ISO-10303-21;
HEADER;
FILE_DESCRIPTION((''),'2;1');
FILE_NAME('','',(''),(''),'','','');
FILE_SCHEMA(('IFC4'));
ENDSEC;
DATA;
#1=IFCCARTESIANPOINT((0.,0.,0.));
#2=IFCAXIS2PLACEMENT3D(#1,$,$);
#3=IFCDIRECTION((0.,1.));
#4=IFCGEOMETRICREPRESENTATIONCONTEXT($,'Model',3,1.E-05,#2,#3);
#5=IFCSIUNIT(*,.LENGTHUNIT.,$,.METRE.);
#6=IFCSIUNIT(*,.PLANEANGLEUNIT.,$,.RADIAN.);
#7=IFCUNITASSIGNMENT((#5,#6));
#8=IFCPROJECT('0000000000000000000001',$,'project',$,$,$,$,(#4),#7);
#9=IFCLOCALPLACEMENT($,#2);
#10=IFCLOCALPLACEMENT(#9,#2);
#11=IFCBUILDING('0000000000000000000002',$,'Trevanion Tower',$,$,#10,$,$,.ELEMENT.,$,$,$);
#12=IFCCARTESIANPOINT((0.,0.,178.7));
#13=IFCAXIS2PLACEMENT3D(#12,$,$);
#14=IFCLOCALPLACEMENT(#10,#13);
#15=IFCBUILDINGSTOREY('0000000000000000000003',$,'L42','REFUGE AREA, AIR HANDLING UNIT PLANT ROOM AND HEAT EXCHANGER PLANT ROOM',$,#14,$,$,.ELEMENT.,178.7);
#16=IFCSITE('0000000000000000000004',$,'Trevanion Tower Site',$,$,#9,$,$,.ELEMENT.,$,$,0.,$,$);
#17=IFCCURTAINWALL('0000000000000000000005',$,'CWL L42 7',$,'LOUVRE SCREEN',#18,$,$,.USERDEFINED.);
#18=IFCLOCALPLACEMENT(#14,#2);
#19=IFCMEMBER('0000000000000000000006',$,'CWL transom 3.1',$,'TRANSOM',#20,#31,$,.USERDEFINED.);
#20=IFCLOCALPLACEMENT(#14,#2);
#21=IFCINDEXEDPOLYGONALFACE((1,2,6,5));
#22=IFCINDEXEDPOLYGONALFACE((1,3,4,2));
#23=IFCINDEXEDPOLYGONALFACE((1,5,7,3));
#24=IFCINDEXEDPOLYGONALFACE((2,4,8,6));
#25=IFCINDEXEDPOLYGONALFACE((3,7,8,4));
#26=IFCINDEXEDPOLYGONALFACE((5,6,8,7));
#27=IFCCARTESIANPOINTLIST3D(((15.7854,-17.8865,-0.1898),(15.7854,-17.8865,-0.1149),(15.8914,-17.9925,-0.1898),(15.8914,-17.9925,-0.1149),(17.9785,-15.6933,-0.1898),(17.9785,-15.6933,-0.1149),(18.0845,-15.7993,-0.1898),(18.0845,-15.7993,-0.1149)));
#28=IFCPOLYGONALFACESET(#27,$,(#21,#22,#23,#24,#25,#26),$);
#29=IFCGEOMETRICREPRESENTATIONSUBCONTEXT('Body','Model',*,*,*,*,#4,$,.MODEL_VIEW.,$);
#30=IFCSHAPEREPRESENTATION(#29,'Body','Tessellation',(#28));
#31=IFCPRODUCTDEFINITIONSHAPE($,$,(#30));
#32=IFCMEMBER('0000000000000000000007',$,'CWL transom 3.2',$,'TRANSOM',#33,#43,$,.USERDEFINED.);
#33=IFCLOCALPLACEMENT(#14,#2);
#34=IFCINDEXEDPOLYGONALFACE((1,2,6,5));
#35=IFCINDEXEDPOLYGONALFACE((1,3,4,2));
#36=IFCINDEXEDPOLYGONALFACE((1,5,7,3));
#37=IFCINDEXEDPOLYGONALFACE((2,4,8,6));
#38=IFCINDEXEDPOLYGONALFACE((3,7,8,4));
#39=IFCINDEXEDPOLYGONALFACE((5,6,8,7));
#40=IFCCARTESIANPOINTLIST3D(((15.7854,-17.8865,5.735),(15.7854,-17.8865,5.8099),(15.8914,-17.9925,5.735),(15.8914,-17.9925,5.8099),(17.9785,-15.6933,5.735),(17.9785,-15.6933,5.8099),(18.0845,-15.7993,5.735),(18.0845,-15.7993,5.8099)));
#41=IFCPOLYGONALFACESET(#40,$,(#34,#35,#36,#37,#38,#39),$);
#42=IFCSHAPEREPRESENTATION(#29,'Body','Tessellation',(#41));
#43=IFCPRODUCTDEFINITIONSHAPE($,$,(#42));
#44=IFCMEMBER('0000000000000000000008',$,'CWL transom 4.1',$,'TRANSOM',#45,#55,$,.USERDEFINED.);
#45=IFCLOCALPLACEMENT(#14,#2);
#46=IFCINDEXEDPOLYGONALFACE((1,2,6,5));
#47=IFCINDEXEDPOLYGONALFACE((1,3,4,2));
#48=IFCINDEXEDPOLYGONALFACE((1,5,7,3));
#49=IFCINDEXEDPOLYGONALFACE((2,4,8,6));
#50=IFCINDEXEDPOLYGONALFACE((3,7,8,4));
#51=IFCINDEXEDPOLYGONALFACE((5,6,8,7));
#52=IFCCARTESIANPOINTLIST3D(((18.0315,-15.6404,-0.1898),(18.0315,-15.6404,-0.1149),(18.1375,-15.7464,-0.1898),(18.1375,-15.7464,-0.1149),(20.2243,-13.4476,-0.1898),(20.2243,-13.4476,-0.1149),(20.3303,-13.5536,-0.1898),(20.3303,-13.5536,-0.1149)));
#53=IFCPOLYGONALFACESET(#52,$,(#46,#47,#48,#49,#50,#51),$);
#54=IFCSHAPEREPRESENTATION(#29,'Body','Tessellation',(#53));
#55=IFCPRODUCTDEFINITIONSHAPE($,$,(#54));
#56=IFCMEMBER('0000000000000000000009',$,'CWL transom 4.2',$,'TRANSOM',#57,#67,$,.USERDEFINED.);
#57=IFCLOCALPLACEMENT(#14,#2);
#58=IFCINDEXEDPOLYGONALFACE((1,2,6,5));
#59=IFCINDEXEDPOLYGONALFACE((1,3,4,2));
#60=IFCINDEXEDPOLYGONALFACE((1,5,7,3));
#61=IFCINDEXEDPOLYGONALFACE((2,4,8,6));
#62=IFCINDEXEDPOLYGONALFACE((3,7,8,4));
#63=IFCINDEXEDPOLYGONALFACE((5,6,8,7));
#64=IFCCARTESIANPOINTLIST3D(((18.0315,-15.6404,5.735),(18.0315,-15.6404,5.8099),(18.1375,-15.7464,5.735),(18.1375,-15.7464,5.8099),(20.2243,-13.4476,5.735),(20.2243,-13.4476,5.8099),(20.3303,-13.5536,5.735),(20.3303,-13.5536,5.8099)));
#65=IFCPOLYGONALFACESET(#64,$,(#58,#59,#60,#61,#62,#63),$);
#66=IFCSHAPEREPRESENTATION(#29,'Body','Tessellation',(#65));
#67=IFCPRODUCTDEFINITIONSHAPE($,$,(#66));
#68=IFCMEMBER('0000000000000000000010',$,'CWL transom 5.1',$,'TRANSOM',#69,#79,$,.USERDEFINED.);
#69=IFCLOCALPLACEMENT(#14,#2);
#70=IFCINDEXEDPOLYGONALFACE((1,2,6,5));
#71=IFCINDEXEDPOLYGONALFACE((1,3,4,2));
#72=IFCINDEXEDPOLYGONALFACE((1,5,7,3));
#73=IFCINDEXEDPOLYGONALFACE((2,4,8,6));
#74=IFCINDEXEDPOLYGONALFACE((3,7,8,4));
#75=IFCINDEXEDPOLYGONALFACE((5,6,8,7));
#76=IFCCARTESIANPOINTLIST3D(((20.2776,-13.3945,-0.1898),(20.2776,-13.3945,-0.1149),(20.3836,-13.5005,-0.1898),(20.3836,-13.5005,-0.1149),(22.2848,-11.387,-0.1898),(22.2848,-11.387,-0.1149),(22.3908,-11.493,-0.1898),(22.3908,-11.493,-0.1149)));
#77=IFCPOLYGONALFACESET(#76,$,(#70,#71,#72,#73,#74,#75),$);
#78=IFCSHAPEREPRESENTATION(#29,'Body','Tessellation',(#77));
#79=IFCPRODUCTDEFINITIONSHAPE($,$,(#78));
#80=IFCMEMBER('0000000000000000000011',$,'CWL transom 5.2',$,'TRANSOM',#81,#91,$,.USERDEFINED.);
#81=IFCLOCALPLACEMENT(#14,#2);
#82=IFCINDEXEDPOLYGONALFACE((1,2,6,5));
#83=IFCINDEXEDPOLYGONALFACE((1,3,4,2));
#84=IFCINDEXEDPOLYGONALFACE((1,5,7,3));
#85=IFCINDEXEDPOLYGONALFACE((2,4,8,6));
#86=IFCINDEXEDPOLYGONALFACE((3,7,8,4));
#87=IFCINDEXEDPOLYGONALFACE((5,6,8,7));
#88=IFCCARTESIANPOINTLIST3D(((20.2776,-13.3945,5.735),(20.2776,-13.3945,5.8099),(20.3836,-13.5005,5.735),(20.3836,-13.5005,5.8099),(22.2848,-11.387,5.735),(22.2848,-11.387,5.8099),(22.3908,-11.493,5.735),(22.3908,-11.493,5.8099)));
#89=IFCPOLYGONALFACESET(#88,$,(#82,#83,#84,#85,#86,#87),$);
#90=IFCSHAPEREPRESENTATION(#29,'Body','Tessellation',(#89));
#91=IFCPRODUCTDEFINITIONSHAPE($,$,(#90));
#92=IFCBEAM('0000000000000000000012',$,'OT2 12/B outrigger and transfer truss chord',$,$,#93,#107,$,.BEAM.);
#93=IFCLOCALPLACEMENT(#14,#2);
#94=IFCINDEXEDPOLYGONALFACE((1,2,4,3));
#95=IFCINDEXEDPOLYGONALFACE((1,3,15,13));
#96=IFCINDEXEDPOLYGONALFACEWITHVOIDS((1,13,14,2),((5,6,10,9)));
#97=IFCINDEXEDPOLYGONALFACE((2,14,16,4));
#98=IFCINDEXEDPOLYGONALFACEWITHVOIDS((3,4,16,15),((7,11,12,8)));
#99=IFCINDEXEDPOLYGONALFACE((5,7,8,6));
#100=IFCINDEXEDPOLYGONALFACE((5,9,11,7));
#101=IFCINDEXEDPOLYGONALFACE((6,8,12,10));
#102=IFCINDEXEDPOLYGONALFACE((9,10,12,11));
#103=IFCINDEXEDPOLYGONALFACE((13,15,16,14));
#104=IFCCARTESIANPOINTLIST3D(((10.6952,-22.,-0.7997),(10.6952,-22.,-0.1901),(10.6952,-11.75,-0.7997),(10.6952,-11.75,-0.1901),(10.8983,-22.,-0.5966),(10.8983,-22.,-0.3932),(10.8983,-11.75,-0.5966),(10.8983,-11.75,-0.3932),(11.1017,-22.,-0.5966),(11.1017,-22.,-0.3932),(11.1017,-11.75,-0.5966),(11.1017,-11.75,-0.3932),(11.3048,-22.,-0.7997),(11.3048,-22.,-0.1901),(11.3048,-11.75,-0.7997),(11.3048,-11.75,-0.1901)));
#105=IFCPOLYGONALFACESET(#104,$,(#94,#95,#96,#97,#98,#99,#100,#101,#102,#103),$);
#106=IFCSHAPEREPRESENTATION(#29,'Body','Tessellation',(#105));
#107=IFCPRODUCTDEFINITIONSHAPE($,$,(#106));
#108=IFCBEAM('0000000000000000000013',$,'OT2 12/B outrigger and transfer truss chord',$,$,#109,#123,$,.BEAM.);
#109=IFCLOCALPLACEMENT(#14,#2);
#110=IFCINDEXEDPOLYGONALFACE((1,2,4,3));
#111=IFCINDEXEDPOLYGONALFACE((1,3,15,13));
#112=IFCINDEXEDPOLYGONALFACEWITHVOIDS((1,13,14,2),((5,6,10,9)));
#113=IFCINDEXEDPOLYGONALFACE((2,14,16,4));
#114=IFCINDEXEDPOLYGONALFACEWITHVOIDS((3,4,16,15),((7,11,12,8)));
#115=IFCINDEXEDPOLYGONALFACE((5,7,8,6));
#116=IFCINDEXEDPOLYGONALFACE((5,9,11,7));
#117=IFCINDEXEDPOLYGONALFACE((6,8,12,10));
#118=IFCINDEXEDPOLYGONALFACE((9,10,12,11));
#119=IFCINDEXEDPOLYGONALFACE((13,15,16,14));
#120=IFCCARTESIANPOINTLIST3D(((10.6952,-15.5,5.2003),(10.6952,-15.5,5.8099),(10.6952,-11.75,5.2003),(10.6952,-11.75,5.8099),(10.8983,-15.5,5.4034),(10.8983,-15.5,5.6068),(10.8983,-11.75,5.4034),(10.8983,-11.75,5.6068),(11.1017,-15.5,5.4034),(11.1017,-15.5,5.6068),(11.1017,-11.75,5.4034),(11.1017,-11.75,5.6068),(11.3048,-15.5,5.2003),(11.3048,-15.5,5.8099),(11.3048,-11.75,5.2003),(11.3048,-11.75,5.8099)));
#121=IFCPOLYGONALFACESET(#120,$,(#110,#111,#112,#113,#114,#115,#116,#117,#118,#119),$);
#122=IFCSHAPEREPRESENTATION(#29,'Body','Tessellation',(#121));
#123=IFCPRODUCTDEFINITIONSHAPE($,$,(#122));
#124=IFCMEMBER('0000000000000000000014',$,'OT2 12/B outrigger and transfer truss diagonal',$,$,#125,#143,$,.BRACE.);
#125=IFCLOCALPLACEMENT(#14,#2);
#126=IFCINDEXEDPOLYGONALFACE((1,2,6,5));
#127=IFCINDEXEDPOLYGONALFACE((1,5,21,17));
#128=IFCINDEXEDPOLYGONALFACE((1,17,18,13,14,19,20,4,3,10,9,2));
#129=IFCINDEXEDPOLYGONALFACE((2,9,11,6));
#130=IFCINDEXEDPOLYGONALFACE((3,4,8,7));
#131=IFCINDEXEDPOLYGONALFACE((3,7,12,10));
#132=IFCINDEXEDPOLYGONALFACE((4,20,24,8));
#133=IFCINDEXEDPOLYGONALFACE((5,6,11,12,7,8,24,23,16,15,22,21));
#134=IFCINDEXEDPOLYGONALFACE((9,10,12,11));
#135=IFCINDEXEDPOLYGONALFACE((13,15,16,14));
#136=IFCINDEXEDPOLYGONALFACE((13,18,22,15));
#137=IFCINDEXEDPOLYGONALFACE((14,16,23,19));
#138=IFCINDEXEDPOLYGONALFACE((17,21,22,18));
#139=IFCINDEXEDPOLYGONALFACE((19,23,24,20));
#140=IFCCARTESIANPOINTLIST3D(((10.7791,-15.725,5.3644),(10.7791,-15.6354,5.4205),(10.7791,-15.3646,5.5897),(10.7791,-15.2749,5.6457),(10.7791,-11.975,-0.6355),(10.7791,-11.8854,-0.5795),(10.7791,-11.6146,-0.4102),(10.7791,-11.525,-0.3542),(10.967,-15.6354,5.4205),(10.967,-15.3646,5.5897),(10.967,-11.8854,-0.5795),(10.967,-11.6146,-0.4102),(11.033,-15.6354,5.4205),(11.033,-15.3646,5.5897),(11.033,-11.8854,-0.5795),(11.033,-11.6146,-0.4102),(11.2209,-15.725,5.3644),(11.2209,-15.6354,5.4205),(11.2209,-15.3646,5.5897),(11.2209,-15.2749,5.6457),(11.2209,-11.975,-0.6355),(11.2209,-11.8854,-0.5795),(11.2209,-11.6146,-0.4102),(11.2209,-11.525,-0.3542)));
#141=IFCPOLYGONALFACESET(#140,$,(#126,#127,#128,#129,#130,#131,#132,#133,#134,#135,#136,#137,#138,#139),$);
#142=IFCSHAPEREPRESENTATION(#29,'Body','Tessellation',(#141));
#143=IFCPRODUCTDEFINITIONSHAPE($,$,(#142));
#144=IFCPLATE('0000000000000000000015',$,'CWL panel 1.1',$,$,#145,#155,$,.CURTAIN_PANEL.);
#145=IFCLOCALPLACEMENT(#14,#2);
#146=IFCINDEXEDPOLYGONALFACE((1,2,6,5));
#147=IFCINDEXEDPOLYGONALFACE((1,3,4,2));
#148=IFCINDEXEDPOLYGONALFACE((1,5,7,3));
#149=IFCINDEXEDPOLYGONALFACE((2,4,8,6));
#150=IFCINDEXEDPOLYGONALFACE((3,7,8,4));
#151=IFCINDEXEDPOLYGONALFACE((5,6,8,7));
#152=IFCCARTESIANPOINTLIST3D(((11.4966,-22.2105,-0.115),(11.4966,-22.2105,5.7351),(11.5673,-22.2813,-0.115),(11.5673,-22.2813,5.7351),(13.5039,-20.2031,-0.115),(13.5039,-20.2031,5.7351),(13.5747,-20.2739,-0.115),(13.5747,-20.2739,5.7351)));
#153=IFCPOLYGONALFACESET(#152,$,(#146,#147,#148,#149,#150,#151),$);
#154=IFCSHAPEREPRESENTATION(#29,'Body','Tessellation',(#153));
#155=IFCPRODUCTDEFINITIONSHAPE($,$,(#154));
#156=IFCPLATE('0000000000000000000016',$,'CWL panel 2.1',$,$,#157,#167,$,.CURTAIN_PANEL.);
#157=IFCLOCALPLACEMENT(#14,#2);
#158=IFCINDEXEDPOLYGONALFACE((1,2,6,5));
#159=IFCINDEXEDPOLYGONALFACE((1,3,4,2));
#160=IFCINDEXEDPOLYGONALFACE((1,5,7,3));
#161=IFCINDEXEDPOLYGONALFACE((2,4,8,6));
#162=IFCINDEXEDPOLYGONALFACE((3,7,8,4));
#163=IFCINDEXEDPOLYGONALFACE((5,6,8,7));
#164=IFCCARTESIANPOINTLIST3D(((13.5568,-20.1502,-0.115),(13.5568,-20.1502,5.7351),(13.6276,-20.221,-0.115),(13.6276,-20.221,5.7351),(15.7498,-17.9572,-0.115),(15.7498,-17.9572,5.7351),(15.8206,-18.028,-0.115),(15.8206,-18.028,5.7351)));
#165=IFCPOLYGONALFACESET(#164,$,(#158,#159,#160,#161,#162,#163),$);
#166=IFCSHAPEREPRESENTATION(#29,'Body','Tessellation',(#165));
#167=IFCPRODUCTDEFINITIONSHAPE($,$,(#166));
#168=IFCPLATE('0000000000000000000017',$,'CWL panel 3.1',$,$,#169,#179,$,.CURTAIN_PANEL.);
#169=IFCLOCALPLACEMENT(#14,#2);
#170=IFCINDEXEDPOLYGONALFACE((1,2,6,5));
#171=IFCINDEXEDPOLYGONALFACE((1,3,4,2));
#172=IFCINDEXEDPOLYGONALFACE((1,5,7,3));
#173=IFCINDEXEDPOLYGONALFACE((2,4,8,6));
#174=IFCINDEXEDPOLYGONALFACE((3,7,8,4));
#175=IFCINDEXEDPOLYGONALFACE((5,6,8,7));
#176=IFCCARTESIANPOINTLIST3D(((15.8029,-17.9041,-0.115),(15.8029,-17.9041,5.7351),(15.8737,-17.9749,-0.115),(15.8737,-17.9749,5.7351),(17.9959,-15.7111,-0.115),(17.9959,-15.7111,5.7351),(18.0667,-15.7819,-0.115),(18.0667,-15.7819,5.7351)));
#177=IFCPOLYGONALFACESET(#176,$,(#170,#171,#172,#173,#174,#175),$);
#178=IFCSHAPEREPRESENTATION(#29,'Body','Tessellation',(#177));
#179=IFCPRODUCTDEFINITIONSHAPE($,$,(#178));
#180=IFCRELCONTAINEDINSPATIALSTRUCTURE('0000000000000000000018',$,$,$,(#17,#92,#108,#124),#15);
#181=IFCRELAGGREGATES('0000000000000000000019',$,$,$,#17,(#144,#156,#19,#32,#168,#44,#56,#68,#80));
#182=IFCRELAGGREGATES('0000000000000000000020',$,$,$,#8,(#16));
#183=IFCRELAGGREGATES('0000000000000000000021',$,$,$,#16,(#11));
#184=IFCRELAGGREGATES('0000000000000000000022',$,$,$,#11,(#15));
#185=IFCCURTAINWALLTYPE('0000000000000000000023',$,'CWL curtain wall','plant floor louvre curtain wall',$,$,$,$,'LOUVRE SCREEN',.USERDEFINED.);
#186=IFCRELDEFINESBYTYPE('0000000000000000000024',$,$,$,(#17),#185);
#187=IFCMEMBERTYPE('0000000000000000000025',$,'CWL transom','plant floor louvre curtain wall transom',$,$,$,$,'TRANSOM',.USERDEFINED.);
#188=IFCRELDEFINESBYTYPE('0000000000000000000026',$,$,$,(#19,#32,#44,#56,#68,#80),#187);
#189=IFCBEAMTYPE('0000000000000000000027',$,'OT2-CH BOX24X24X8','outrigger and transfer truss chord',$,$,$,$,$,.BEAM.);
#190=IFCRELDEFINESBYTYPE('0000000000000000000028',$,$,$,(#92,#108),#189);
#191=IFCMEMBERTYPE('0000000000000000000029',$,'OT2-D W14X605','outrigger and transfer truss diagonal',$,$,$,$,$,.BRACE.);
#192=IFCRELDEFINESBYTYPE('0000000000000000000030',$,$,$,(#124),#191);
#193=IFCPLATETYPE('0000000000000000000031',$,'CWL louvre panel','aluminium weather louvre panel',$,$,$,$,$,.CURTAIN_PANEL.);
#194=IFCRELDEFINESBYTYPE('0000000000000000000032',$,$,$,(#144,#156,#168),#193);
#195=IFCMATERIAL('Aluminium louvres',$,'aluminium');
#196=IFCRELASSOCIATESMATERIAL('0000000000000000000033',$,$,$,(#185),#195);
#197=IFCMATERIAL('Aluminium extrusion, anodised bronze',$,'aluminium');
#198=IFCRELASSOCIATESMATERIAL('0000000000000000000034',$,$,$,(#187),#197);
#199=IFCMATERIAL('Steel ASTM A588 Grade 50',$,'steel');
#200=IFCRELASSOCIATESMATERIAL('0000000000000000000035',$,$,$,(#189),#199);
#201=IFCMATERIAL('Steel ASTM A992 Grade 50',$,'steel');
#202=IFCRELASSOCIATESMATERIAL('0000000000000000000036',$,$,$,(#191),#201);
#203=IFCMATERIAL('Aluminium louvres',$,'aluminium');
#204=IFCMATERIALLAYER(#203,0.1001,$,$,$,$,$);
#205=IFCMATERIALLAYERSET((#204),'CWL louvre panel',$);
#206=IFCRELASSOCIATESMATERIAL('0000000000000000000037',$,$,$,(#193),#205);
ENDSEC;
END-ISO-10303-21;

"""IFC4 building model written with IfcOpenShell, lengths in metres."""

from ifc_helpers import new_model, si_unit, direction, frame, origin, origin_2d, place, context, subcontext, project, spatial, rectangle, hollow_rectangle, i_section, extrude, material, layer, layer_set, material_profile, profile_set, type_object, element, aggregate, save


model = new_model("IFC4")

# Units and contexts
model_context = context("Model", 3, precision=1e-05, world=origin(), true_north=direction((0.0, 1.0)))
body_context = subcontext(model_context, "Body", "Model", "MODEL_VIEW")
ifc_project = project(units=[si_unit("LENGTHUNIT", "METRE"), si_unit("PLANEANGLEUNIT", "RADIAN")], contexts=[model_context])

# Site, building, storey
site_placement = place(None, origin())
site = spatial("IfcSite", under=ifc_project, at=site_placement, Name="Trevanion Tower Site", CompositionType="ELEMENT", RefElevation=0.0)
building_placement = place(site_placement, origin())
building = spatial("IfcBuilding", under=site, at=building_placement, Name="Trevanion Tower", CompositionType="ELEMENT")
storey_placement = place(building_placement, frame((0.0, 0.0, 178.7)))
storey = spatial("IfcBuildingStorey", under=building, at=storey_placement, Name="L42", Description="REFUGE AREA, AIR HANDLING UNIT PLANT ROOM AND HEAT EXCHANGER PLANT ROOM", CompositionType="ELEMENT", Elevation=178.7)

# Curtain wall
ifc_material_1 = material(Name="Aluminium louvres", Category="aluminium")
curtain_wall_type = type_object("IfcCurtainWallType", Name="CWL curtain wall", Description="plant floor louvre curtain wall", ElementType="LOUVRE SCREEN", PredefinedType="USERDEFINED", material=ifc_material_1)
curtain_wall_1_placement = place(storey_placement, origin())
curtain_wall_1 = element("IfcCurtainWall", 1, at=curtain_wall_1_placement, inside=storey, type_object=curtain_wall_type, Name="CWL L42 7", ObjectType="LOUVRE SCREEN", PredefinedType="USERDEFINED")

# Members
ifc_material_2 = material(Name="Aluminium extrusion, anodised bronze", Category="aluminium")
ifc_material_profile_1 = material_profile(ifc_material_2, rectangle(XDim=0.1499, YDim=0.075, at=origin_2d()), Name="CWL transom")
ifc_profile_set_1 = profile_set([ifc_material_profile_1], Name="Aluminium extrusion, anodised bronze")
member_type_1 = type_object("IfcMemberType", Name="CWL transom", Description="plant floor louvre curtain wall transom", ElementType="TRANSOM", PredefinedType="USERDEFINED", material=ifc_profile_set_1)
member_1_placement = place(storey_placement, frame((15.8384, -17.9395, -0.1523), z_axis=(0.707107, 0.707107, 0.0), x_axis=(-0.707107, 0.707107, 0.0)))
member_1 = element("IfcMember", 2, at=member_1_placement, type_object=member_type_1, Name="CWL transom 3.1", ObjectType="TRANSOM", PredefinedType="USERDEFINED", context=body_context, shape_type="SweptSolid", body=[
    extrude(rectangle(XDim=0.1499, YDim=0.075, at=origin_2d()), origin(), (0.0, 0.0, 1.0), 3.1016),
])
member_2_placement = place(storey_placement, frame((15.8384, -17.9395, 5.7725), z_axis=(0.707107, 0.707107, 0.0), x_axis=(-0.707107, 0.707107, 0.0)))
member_2 = element("IfcMember", 3, at=member_2_placement, type_object=member_type_1, Name="CWL transom 3.2", ObjectType="TRANSOM", PredefinedType="USERDEFINED", context=body_context, shape_type="SweptSolid", body=[
    extrude(rectangle(XDim=0.1499, YDim=0.075, at=origin_2d()), origin(), (0.0, 0.0, 1.0), 3.1016),
])
member_3_placement = place(storey_placement, frame((18.0845, -15.6934, -0.1523), z_axis=(0.707107, 0.707107, 0.0), x_axis=(-0.707107, 0.707107, 0.0)))
member_3 = element("IfcMember", 4, at=member_3_placement, type_object=member_type_1, Name="CWL transom 4.1", ObjectType="TRANSOM", PredefinedType="USERDEFINED", context=body_context, shape_type="SweptSolid", body=[
    extrude(rectangle(XDim=0.1499, YDim=0.075, at=origin_2d()), origin(), (0.0, 0.0, 1.0), 3.1011),
])
member_4_placement = place(storey_placement, frame((18.0845, -15.6934, 5.7725), z_axis=(0.707107, 0.707107, 0.0), x_axis=(-0.707107, 0.707107, 0.0)))
member_4 = element("IfcMember", 5, at=member_4_placement, type_object=member_type_1, Name="CWL transom 4.2", ObjectType="TRANSOM", PredefinedType="USERDEFINED", context=body_context, shape_type="SweptSolid", body=[
    extrude(rectangle(XDim=0.1499, YDim=0.075, at=origin_2d()), origin(), (0.0, 0.0, 1.0), 3.1011),
])
member_5_placement = place(storey_placement, frame((20.3306, -13.4475, -0.1523), z_axis=(0.707064, 0.70715, 0.0), x_axis=(-0.70715, 0.707064, 0.0)))
member_5 = element("IfcMember", 6, at=member_5_placement, type_object=member_type_1, Name="CWL transom 5.1", ObjectType="TRANSOM", PredefinedType="USERDEFINED", context=body_context, shape_type="SweptSolid", body=[
    extrude(rectangle(XDim=0.1499, YDim=0.075, at=origin_2d()), origin(), (0.0, 0.0, 1.0), 2.8389),
])
member_6_placement = place(storey_placement, frame((20.3306, -13.4475, 5.7725), z_axis=(0.707064, 0.70715, 0.0), x_axis=(-0.70715, 0.707064, 0.0)))
member_6 = element("IfcMember", 7, at=member_6_placement, type_object=member_type_1, Name="CWL transom 5.2", ObjectType="TRANSOM", PredefinedType="USERDEFINED", context=body_context, shape_type="SweptSolid", body=[
    extrude(rectangle(XDim=0.1499, YDim=0.075, at=origin_2d()), origin(), (0.0, 0.0, 1.0), 2.8389),
])

# Beams
ifc_material_3 = material(Name="Steel ASTM A588 Grade 50", Category="steel")
ifc_material_profile_2 = material_profile(ifc_material_3, hollow_rectangle(XDim=0.6096, YDim=0.6096, WallThickness=0.2031, at=origin_2d()), Name="BOX24X24X8")
ifc_profile_set_2 = profile_set([ifc_material_profile_2], Name="Steel ASTM A588 Grade 50")
beam_type_1 = type_object("IfcBeamType", Name="OT2-CH BOX24X24X8", Description="outrigger and transfer truss chord", PredefinedType="BEAM", material=ifc_profile_set_2)
beam_1_placement = place(storey_placement, frame((11.0, -11.75, -0.4949), z_axis=(0.0, -1.0, 0.0), x_axis=(1.0, 0.0, 0.0)))
element("IfcBeam", 8, at=beam_1_placement, inside=storey, type_object=beam_type_1, Name="OT2 12/B outrigger and transfer truss chord", PredefinedType="BEAM", context=body_context, shape_type="SweptSolid", body=[
    extrude(hollow_rectangle(XDim=0.6096, YDim=0.6096, WallThickness=0.2031, at=origin_2d()), origin(), (0.0, 0.0, 1.0), 10.25),
])
beam_2_placement = place(storey_placement, frame((11.0, -11.75, 5.5051), z_axis=(0.0, -1.0, 0.0), x_axis=(1.0, 0.0, 0.0)))
element("IfcBeam", 9, at=beam_2_placement, inside=storey, type_object=beam_type_1, Name="OT2 12/B outrigger and transfer truss chord", PredefinedType="BEAM", context=body_context, shape_type="SweptSolid", body=[
    extrude(hollow_rectangle(XDim=0.6096, YDim=0.6096, WallThickness=0.2031, at=origin_2d()), origin(), (0.0, 0.0, 1.0), 3.75),
])

# Member
ifc_material_4 = material(Name="Steel ASTM A992 Grade 50", Category="steel")
ifc_material_profile_3 = material_profile(ifc_material_4, i_section(OverallWidth=0.4419, OverallDepth=0.5308, WebThickness=0.0659, FlangeThickness=0.1057, at=origin_2d()), Name="W14X605")
ifc_profile_set_3 = profile_set([ifc_material_profile_3], Name="Steel ASTM A992 Grade 50")
member_type_2 = type_object("IfcMemberType", Name="OT2-D W14X605", Description="outrigger and transfer truss diagonal", PredefinedType="BRACE", material=ifc_profile_set_3)
member_7_placement = place(storey_placement, frame((11.0, -11.75, -0.4949), z_axis=(0.0, -0.529999, 0.847998), x_axis=(1.0, 0.0, 0.0)))
element("IfcMember", 10, at=member_7_placement, inside=storey, type_object=member_type_2, Name="OT2 12/B outrigger and transfer truss diagonal", PredefinedType="BRACE", context=body_context, shape_type="SweptSolid", body=[
    extrude(i_section(OverallWidth=0.4419, OverallDepth=0.5308, WebThickness=0.0659, FlangeThickness=0.1057, at=origin_2d()), origin(), (0.0, 0.0, 1.0), 7.0754),
])

# Plates
ifc_material_5 = material(Name="Aluminium louvres", Category="aluminium")
ifc_layer_1 = layer(ifc_material_5, 0.1001)
ifc_layer_set_1 = layer_set([ifc_layer_1], Name="CWL louvre panel")
plate_type = type_object("IfcPlateType", Name="CWL louvre panel", Description="aluminium weather louvre panel", PredefinedType="CURTAIN_PANEL", material=ifc_layer_set_1)
plate_1_placement = place(storey_placement, frame((12.5356, -21.2422, -0.115), z_axis=(0.0, 0.0, 1.0), x_axis=(0.707107, 0.707107, 0.0)))
plate_1 = element("IfcPlate", 11, at=plate_1_placement, type_object=plate_type, Name="CWL panel 1.1", PredefinedType="CURTAIN_PANEL", context=body_context, shape_type="SweptSolid", body=[
    extrude(rectangle(XDim=2.8389, YDim=0.1001, at=origin_2d()), origin(), (0.0, 0.0, 1.0), 5.8501),
])
plate_2_placement = place(storey_placement, frame((14.6887, -19.0891, -0.115), z_axis=(0.0, 0.0, 1.0), x_axis=(0.707107, 0.707107, 0.0)))
plate_2 = element("IfcPlate", 12, at=plate_2_placement, type_object=plate_type, Name="CWL panel 2.1", PredefinedType="CURTAIN_PANEL", context=body_context, shape_type="SweptSolid", body=[
    extrude(rectangle(XDim=3.1013, YDim=0.1001, at=origin_2d()), origin(), (0.0, 0.0, 1.0), 5.8501),
])
plate_3_placement = place(storey_placement, frame((16.9348, -16.843, -0.115), z_axis=(0.0, 0.0, 1.0), x_axis=(0.707107, 0.707107, 0.0)))
plate_3 = element("IfcPlate", 13, at=plate_3_placement, type_object=plate_type, Name="CWL panel 3.1", PredefinedType="CURTAIN_PANEL", context=body_context, shape_type="SweptSolid", body=[
    extrude(rectangle(XDim=3.1013, YDim=0.1001, at=origin_2d()), origin(), (0.0, 0.0, 1.0), 5.8501),
])
aggregate(curtain_wall_1, [plate_1, plate_2, member_1, member_2, plate_3, member_3, member_4, member_5, member_6])

save(model, "model.ifc")
